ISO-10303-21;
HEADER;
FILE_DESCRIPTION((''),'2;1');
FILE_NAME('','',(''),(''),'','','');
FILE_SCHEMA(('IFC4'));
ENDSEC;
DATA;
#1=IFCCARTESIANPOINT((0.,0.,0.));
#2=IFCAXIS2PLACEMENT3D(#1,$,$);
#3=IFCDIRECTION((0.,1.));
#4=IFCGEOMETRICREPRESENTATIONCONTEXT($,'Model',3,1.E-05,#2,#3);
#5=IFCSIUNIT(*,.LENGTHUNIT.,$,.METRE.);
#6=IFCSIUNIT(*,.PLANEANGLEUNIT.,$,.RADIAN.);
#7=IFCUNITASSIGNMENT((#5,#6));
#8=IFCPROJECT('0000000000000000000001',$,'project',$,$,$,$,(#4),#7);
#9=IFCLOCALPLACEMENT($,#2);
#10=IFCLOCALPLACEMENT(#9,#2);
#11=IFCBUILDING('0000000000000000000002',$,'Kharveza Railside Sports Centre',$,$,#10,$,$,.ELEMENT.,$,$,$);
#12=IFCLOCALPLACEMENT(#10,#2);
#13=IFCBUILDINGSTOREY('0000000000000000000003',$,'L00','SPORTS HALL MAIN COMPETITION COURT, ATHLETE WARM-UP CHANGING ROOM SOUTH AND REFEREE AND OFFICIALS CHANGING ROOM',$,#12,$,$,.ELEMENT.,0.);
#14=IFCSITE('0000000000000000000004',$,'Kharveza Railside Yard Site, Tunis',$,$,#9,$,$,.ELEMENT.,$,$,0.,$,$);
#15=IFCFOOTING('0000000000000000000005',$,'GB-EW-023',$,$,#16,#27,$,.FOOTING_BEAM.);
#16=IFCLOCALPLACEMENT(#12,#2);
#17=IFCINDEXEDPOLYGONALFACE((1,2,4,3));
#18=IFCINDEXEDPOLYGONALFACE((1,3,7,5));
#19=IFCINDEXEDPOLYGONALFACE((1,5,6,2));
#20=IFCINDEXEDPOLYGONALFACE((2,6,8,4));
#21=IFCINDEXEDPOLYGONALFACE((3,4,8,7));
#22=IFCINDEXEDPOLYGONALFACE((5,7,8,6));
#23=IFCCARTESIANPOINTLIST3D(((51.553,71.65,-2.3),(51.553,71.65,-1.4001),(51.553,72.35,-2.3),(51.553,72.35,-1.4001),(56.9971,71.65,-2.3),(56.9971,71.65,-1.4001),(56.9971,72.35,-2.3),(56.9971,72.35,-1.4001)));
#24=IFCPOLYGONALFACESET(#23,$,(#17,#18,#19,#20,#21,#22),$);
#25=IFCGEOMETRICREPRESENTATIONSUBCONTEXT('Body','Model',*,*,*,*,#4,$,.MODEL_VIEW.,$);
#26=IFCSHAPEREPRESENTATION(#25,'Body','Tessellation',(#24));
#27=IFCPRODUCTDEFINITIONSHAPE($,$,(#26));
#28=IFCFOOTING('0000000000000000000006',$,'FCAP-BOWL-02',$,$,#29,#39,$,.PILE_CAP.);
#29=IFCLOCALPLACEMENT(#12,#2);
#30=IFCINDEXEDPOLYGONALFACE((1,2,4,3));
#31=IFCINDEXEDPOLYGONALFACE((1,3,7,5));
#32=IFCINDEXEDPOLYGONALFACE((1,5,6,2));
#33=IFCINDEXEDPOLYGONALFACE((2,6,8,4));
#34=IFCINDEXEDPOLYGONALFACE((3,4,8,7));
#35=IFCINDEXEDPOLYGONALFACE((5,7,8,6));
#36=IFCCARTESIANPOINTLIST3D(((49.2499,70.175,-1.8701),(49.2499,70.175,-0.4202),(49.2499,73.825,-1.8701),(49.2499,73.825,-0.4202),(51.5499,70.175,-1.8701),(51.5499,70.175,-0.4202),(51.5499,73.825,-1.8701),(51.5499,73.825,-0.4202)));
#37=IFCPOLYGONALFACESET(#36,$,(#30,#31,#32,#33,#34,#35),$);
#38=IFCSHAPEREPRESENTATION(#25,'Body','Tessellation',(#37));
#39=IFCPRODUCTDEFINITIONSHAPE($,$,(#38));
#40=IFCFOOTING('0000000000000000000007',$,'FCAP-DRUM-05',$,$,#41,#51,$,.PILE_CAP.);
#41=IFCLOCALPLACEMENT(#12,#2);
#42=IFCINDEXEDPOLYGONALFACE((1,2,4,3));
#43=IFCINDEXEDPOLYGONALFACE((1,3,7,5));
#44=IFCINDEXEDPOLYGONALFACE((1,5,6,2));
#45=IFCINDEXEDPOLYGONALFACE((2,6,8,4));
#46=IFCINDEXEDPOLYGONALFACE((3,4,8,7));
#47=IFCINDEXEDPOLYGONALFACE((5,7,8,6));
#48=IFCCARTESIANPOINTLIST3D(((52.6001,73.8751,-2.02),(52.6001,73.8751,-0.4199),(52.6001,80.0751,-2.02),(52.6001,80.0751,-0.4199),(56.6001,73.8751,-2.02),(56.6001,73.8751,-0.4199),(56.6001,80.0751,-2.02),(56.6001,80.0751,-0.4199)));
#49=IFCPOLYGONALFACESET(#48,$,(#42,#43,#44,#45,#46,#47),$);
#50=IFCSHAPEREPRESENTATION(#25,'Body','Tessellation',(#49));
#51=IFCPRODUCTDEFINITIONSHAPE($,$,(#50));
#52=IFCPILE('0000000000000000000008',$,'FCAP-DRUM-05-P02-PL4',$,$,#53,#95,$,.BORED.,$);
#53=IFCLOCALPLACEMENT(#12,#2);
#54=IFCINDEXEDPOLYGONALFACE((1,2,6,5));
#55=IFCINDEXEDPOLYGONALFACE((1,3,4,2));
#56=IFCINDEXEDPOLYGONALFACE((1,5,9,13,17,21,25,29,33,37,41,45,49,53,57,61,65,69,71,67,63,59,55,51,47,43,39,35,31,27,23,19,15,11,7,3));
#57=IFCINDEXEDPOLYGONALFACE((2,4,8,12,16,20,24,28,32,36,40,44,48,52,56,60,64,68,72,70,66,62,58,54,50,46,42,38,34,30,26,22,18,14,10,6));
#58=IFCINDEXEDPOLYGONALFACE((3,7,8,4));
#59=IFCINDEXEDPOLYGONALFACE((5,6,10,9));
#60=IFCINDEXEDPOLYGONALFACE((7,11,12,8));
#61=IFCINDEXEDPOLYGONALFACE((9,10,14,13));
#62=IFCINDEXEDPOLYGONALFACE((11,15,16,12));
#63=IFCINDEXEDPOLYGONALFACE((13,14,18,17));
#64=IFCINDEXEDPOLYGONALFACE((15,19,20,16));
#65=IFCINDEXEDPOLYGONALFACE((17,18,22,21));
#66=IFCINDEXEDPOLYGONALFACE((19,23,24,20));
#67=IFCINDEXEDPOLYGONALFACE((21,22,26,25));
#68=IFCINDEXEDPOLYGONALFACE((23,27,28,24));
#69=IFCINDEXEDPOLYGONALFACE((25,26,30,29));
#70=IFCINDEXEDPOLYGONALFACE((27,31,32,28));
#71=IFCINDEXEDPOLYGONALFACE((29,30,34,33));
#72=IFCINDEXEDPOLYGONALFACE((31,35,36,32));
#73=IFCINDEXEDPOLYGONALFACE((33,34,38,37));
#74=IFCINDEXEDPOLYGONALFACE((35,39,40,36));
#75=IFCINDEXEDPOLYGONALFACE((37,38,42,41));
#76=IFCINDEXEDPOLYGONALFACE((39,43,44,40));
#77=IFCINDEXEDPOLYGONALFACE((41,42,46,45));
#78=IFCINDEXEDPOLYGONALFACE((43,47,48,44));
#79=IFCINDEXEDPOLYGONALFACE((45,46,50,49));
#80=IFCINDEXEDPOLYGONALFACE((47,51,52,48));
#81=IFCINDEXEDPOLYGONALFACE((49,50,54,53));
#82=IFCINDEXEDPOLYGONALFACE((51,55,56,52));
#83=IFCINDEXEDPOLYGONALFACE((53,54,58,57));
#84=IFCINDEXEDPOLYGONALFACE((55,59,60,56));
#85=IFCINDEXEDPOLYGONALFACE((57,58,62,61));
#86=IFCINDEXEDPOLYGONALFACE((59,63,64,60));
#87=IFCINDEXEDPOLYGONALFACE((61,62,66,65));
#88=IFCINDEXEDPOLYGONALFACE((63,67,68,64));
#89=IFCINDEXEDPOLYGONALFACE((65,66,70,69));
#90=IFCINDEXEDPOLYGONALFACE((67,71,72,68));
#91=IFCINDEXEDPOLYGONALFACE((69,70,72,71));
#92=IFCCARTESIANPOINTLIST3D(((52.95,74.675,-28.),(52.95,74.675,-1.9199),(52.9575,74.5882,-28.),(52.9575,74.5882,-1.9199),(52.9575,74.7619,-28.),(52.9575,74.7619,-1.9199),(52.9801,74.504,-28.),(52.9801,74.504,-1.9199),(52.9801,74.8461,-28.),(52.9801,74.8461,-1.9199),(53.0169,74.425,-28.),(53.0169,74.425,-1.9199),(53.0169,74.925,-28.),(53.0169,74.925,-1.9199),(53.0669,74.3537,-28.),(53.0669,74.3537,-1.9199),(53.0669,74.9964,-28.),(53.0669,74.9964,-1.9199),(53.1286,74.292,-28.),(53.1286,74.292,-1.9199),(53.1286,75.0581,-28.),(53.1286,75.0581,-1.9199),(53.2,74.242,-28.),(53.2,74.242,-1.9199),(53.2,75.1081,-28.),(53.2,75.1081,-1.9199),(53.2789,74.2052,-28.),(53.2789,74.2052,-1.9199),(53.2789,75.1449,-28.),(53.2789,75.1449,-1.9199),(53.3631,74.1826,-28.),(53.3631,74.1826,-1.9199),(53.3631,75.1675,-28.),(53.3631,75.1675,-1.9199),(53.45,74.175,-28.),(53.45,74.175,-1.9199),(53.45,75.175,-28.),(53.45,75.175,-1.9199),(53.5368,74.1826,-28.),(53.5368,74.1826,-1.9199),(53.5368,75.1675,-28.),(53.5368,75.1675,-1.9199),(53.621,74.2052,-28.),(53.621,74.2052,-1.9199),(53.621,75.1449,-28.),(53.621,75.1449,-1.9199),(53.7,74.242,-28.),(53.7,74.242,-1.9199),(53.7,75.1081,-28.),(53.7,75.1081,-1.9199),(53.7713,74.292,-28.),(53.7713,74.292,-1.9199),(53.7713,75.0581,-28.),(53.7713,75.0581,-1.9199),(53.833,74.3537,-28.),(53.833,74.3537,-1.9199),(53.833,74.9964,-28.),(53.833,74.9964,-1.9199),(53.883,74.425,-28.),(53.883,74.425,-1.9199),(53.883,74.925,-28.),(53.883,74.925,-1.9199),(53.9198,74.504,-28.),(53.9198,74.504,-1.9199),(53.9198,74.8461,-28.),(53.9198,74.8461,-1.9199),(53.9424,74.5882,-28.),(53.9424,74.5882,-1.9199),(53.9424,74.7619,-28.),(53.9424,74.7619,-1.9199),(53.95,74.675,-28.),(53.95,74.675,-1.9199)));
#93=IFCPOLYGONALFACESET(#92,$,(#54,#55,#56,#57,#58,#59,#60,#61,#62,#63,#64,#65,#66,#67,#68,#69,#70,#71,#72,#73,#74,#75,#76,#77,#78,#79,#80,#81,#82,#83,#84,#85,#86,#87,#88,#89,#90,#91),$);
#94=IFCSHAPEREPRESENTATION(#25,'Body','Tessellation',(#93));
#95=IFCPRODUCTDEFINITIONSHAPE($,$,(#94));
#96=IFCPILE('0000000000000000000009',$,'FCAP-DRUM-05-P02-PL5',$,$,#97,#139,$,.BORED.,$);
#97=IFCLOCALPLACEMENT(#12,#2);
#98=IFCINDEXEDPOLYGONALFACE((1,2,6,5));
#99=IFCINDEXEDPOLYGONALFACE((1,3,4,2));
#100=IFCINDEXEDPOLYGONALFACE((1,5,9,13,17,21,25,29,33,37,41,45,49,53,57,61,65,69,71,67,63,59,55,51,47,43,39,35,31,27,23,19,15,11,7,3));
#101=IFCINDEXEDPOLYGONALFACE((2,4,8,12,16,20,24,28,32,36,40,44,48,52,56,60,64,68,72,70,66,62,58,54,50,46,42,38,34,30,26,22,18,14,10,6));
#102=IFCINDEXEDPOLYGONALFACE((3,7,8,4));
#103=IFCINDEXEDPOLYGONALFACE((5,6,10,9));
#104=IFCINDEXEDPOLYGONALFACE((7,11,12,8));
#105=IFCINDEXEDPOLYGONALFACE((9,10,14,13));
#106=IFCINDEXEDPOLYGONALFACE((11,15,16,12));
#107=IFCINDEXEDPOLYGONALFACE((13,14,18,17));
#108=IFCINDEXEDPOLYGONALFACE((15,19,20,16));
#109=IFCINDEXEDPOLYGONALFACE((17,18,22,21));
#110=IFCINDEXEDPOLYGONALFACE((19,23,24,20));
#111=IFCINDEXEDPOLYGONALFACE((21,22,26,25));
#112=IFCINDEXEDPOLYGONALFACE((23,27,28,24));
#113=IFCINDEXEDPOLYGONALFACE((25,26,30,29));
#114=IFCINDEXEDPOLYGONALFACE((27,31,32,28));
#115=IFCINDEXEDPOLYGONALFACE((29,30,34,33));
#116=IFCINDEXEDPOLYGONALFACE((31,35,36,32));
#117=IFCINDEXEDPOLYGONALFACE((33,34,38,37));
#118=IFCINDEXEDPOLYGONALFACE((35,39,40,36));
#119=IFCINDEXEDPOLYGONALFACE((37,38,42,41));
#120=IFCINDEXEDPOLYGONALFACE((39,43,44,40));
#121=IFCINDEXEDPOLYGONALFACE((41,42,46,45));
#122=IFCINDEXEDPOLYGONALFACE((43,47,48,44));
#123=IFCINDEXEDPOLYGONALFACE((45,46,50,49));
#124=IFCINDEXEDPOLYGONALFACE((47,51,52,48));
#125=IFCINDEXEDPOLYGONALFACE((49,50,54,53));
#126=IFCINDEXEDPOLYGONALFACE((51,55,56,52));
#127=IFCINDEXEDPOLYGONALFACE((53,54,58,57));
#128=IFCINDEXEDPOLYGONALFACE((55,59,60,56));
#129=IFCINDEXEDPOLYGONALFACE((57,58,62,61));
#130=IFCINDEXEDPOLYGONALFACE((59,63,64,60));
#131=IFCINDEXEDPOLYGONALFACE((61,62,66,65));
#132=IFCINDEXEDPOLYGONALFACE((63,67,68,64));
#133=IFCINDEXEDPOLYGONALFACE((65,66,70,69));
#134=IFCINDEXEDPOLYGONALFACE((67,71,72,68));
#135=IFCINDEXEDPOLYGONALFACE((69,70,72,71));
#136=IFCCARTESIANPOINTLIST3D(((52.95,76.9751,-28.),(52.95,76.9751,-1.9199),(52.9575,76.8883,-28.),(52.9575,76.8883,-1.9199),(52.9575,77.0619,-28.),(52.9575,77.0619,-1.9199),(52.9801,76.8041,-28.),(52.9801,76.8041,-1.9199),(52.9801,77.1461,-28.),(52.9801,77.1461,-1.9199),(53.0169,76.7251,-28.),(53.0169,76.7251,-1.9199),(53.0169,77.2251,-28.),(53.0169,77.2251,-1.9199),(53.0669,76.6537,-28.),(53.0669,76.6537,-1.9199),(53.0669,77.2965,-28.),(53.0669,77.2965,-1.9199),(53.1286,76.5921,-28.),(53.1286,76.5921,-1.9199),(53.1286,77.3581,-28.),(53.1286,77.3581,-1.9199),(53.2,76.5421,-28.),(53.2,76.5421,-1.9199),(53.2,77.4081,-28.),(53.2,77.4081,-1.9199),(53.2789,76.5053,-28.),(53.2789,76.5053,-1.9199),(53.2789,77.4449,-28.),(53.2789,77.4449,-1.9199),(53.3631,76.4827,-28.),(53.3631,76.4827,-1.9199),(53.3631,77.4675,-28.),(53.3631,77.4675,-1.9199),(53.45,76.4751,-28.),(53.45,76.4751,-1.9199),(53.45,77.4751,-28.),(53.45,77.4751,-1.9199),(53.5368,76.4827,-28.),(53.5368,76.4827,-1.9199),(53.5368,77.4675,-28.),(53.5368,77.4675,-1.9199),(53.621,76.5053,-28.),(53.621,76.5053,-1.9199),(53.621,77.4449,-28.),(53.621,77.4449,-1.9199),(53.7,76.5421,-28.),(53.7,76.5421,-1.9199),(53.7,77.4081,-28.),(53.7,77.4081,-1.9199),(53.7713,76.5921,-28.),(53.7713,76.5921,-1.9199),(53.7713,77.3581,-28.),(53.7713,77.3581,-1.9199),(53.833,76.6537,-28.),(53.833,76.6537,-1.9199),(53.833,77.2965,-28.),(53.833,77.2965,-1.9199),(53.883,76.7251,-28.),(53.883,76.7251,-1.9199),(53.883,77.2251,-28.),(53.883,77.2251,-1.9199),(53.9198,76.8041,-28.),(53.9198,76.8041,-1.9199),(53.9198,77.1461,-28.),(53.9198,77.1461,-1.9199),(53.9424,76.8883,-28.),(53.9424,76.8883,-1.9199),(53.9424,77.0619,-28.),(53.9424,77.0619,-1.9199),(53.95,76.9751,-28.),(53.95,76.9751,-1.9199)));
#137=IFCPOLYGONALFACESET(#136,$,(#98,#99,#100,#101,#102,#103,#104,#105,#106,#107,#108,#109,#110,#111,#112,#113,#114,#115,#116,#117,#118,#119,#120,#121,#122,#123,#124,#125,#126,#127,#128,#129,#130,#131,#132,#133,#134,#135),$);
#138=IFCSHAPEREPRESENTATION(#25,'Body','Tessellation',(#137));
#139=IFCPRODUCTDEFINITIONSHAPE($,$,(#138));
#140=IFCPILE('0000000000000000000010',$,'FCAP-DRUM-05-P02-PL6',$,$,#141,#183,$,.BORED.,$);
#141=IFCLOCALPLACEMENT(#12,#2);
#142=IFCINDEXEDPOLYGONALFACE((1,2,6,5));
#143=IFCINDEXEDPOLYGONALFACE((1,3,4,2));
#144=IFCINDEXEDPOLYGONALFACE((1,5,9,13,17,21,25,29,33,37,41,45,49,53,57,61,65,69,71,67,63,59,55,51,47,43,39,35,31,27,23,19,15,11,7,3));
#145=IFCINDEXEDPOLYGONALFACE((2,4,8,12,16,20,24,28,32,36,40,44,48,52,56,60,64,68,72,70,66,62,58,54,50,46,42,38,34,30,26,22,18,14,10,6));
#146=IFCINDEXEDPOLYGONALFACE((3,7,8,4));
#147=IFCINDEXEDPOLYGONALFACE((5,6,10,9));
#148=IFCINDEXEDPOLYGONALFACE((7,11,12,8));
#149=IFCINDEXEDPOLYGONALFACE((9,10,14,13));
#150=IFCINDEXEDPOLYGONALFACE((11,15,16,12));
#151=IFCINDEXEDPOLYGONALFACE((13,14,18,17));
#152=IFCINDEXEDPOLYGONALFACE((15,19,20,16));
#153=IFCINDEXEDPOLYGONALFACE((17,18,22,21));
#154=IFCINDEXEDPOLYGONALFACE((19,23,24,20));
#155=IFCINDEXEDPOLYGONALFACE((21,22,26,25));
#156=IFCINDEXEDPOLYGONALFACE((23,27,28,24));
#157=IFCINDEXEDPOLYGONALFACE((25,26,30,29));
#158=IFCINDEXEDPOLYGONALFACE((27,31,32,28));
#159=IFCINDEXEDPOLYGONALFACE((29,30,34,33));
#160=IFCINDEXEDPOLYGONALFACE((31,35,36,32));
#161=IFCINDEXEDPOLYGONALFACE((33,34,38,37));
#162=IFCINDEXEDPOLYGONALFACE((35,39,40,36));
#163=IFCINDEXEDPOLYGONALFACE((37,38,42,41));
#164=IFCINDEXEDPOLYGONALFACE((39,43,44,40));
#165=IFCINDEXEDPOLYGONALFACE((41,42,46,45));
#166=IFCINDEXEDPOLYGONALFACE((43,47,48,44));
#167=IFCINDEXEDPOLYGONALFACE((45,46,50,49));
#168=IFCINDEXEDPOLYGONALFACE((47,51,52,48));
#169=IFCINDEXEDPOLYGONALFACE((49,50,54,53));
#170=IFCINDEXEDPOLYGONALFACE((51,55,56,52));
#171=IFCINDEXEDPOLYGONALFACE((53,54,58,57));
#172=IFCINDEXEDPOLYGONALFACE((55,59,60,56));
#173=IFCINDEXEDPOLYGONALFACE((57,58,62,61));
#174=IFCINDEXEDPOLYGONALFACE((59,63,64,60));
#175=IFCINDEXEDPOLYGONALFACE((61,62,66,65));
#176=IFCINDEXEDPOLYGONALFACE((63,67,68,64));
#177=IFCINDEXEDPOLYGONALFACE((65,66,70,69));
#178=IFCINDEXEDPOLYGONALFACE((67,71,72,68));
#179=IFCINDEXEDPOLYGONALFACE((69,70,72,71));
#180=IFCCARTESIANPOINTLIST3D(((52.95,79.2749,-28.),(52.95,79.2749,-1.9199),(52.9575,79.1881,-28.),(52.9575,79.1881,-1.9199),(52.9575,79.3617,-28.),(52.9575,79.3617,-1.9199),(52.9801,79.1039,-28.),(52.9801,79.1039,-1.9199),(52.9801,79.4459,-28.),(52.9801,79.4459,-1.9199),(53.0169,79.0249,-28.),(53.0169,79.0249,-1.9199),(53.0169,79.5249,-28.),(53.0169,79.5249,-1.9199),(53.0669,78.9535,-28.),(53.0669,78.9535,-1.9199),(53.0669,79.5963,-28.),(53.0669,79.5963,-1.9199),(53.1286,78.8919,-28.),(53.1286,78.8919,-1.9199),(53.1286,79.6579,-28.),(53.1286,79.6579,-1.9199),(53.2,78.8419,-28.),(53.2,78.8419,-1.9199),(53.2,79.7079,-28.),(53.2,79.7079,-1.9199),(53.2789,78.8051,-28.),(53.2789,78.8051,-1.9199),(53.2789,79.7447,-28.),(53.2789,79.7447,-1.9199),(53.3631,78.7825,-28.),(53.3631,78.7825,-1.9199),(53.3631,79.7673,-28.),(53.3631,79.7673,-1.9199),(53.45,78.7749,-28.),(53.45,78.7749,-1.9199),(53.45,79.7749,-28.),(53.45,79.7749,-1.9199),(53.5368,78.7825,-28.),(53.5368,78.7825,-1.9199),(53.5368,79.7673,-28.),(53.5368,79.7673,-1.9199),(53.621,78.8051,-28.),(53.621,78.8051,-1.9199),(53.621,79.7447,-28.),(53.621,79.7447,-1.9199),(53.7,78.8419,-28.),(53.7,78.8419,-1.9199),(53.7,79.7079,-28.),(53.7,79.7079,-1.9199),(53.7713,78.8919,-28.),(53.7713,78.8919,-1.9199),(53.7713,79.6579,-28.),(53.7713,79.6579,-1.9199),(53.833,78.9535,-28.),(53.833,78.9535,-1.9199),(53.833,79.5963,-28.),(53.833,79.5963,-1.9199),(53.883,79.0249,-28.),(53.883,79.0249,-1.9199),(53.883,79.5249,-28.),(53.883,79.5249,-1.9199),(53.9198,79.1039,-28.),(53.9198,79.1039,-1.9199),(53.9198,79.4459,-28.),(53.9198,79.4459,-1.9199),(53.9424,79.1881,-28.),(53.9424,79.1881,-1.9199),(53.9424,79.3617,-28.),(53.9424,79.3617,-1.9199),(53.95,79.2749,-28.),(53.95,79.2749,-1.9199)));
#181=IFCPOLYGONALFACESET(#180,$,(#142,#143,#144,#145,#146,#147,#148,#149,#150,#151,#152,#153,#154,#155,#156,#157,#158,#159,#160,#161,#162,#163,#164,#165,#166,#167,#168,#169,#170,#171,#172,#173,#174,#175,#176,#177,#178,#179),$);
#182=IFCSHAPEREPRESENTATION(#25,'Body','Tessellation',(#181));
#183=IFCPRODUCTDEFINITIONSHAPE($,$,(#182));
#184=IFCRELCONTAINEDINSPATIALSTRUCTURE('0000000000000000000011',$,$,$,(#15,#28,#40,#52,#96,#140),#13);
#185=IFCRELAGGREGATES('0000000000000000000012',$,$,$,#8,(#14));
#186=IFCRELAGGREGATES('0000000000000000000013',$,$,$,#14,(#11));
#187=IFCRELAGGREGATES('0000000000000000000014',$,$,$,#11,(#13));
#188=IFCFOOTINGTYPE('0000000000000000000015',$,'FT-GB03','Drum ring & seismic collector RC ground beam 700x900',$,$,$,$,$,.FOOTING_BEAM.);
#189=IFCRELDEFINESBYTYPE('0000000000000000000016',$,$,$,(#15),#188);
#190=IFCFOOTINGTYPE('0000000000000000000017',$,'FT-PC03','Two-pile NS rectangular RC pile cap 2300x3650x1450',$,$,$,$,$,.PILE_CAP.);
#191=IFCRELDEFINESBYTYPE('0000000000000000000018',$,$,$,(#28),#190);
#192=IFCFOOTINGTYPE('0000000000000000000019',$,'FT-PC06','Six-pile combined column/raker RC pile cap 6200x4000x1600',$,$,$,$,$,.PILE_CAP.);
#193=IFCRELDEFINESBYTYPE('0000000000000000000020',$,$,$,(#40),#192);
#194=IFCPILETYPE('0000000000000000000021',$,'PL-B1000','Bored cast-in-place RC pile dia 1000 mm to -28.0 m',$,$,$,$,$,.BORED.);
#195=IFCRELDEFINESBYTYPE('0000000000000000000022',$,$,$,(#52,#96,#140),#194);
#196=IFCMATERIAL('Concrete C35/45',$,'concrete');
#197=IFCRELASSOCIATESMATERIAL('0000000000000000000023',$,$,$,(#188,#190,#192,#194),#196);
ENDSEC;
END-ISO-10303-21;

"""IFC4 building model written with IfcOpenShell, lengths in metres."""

from ifc_helpers import new_model, si_unit, direction, frame, origin, origin_2d, place, context, subcontext, project, spatial, rectangle, circle, extrude, material, material_profile, profile_set, type_object, element, save


model = new_model("IFC4")

# Units and contexts
model_context = context("Model", 3, precision=1e-05, world=origin(), true_north=direction((0.0, 1.0)))
body_context = subcontext(model_context, "Body", "Model", "MODEL_VIEW")
ifc_project = project(units=[si_unit("LENGTHUNIT", "METRE"), si_unit("PLANEANGLEUNIT", "RADIAN")], contexts=[model_context])

# Site, building, storey
site_placement = place(None, origin())
site = spatial("IfcSite", under=ifc_project, at=site_placement, Name="Kharveza Railside Yard Site, Tunis", CompositionType="ELEMENT", RefElevation=0.0)
building_placement = place(site_placement, origin())
building = spatial("IfcBuilding", under=site, at=building_placement, Name="Kharveza Railside Sports Centre", CompositionType="ELEMENT")
storey_placement = place(building_placement, origin())
storey = spatial("IfcBuildingStorey", under=building, at=storey_placement, Name="L00", Description="SPORTS HALL MAIN COMPETITION COURT, ATHLETE WARM-UP CHANGING ROOM SOUTH AND REFEREE AND OFFICIALS CHANGING ROOM", CompositionType="ELEMENT", Elevation=0.0)

# Footings
ifc_material_1 = material(Name="Concrete C35/45", Category="concrete")
ifc_material_profile_1 = material_profile(ifc_material_1, rectangle(XDim=0.7, YDim=0.8999, at=origin_2d()), Name="GB 700x900")
ifc_profile_set_1 = profile_set([ifc_material_profile_1], Name="Concrete C35/45")
footing_type_1 = type_object("IfcFootingType", Name="FT-GB03", Description="Drum ring & seismic collector RC ground beam 700x900", PredefinedType="FOOTING_BEAM", material=ifc_profile_set_1)
footing_1_placement = place(storey_placement, frame((51.553, 72.0, -1.8501), z_axis=(1.0, 0.0, 0.0), x_axis=(0.0, 1.0, 0.0)))
element("IfcFooting", 1, at=footing_1_placement, inside=storey, type_object=footing_type_1, Name="GB-EW-023", PredefinedType="FOOTING_BEAM", context=body_context, shape_type="SweptSolid", body=[
    extrude(rectangle(XDim=0.7, YDim=0.8999, at=origin_2d()), origin(), (0.0, 0.0, 1.0), 5.4441),
])
footing_type_2 = type_object("IfcFootingType", Name="FT-PC03", Description="Two-pile NS rectangular RC pile cap 2300x3650x1450", PredefinedType="PILE_CAP", material=ifc_material_1)
footing_2_placement = place(storey_placement, frame((50.3999, 72.0, -1.8701), z_axis=(0.0, 0.0, 1.0), x_axis=(1.0, 0.0, 0.0)))
element("IfcFooting", 2, at=footing_2_placement, inside=storey, type_object=footing_type_2, Name="FCAP-BOWL-02", PredefinedType="PILE_CAP", context=body_context, shape_type="SweptSolid", body=[
    extrude(rectangle(XDim=2.3, YDim=3.6499, at=origin_2d()), origin(), (0.0, 0.0, 1.0), 1.45),
])
footing_type_3 = type_object("IfcFootingType", Name="FT-PC06", Description="Six-pile combined column/raker RC pile cap 6200x4000x1600", PredefinedType="PILE_CAP", material=ifc_material_1)
footing_3_placement = place(storey_placement, frame((54.6001, 76.9751, -2.02), z_axis=(0.0, 0.0, 1.0), x_axis=(0.0, 1.0, 0.0)))
element("IfcFooting", 3, at=footing_3_placement, inside=storey, type_object=footing_type_3, Name="FCAP-DRUM-05", PredefinedType="PILE_CAP", context=body_context, shape_type="SweptSolid", body=[
    extrude(rectangle(XDim=6.2, YDim=4.0, at=origin_2d()), origin(), (0.0, 0.0, 1.0), 1.6001),
])

# Piles
ifc_material_profile_2 = material_profile(ifc_material_1, circle(Radius=0.5, at=origin_2d()), Name="PILE D1000")
ifc_profile_set_2 = profile_set([ifc_material_profile_2], Name="Concrete C35/45")
pile_type_1 = type_object("IfcPileType", Name="PL-B1000", Description="Bored cast-in-place RC pile dia 1000 mm to -28.0 m", PredefinedType="BORED", material=ifc_profile_set_2)
for number, where, z_axis, x_axis, name in (
    (4, (53.45, 74.675, -1.9199), (0.0, 0.0, -1.0), (1.0, 0.0, 0.0), "FCAP-DRUM-05-P02-PL4"),
    (5, (53.45, 76.9751, -1.9199), (0.0, 0.0, -1.0), (1.0, 0.0, 0.0), "FCAP-DRUM-05-P02-PL5"),
    (6, (53.45, 79.2749, -1.9199), (0.0, 0.0, -1.0), (1.0, 0.0, 0.0), "FCAP-DRUM-05-P02-PL6"),
):
    element("IfcPile", number, at=place(storey_placement, frame(where, z_axis=z_axis, x_axis=x_axis)), inside=storey, type_object=pile_type_1, Name=name, PredefinedType="BORED", context=body_context, shape_type="SweptSolid", body=[
        extrude(circle(Radius=0.5, at=origin_2d()), origin(), (0.0, 0.0, 1.0), 26.0801),
    ])

save(model, "model.ifc")
